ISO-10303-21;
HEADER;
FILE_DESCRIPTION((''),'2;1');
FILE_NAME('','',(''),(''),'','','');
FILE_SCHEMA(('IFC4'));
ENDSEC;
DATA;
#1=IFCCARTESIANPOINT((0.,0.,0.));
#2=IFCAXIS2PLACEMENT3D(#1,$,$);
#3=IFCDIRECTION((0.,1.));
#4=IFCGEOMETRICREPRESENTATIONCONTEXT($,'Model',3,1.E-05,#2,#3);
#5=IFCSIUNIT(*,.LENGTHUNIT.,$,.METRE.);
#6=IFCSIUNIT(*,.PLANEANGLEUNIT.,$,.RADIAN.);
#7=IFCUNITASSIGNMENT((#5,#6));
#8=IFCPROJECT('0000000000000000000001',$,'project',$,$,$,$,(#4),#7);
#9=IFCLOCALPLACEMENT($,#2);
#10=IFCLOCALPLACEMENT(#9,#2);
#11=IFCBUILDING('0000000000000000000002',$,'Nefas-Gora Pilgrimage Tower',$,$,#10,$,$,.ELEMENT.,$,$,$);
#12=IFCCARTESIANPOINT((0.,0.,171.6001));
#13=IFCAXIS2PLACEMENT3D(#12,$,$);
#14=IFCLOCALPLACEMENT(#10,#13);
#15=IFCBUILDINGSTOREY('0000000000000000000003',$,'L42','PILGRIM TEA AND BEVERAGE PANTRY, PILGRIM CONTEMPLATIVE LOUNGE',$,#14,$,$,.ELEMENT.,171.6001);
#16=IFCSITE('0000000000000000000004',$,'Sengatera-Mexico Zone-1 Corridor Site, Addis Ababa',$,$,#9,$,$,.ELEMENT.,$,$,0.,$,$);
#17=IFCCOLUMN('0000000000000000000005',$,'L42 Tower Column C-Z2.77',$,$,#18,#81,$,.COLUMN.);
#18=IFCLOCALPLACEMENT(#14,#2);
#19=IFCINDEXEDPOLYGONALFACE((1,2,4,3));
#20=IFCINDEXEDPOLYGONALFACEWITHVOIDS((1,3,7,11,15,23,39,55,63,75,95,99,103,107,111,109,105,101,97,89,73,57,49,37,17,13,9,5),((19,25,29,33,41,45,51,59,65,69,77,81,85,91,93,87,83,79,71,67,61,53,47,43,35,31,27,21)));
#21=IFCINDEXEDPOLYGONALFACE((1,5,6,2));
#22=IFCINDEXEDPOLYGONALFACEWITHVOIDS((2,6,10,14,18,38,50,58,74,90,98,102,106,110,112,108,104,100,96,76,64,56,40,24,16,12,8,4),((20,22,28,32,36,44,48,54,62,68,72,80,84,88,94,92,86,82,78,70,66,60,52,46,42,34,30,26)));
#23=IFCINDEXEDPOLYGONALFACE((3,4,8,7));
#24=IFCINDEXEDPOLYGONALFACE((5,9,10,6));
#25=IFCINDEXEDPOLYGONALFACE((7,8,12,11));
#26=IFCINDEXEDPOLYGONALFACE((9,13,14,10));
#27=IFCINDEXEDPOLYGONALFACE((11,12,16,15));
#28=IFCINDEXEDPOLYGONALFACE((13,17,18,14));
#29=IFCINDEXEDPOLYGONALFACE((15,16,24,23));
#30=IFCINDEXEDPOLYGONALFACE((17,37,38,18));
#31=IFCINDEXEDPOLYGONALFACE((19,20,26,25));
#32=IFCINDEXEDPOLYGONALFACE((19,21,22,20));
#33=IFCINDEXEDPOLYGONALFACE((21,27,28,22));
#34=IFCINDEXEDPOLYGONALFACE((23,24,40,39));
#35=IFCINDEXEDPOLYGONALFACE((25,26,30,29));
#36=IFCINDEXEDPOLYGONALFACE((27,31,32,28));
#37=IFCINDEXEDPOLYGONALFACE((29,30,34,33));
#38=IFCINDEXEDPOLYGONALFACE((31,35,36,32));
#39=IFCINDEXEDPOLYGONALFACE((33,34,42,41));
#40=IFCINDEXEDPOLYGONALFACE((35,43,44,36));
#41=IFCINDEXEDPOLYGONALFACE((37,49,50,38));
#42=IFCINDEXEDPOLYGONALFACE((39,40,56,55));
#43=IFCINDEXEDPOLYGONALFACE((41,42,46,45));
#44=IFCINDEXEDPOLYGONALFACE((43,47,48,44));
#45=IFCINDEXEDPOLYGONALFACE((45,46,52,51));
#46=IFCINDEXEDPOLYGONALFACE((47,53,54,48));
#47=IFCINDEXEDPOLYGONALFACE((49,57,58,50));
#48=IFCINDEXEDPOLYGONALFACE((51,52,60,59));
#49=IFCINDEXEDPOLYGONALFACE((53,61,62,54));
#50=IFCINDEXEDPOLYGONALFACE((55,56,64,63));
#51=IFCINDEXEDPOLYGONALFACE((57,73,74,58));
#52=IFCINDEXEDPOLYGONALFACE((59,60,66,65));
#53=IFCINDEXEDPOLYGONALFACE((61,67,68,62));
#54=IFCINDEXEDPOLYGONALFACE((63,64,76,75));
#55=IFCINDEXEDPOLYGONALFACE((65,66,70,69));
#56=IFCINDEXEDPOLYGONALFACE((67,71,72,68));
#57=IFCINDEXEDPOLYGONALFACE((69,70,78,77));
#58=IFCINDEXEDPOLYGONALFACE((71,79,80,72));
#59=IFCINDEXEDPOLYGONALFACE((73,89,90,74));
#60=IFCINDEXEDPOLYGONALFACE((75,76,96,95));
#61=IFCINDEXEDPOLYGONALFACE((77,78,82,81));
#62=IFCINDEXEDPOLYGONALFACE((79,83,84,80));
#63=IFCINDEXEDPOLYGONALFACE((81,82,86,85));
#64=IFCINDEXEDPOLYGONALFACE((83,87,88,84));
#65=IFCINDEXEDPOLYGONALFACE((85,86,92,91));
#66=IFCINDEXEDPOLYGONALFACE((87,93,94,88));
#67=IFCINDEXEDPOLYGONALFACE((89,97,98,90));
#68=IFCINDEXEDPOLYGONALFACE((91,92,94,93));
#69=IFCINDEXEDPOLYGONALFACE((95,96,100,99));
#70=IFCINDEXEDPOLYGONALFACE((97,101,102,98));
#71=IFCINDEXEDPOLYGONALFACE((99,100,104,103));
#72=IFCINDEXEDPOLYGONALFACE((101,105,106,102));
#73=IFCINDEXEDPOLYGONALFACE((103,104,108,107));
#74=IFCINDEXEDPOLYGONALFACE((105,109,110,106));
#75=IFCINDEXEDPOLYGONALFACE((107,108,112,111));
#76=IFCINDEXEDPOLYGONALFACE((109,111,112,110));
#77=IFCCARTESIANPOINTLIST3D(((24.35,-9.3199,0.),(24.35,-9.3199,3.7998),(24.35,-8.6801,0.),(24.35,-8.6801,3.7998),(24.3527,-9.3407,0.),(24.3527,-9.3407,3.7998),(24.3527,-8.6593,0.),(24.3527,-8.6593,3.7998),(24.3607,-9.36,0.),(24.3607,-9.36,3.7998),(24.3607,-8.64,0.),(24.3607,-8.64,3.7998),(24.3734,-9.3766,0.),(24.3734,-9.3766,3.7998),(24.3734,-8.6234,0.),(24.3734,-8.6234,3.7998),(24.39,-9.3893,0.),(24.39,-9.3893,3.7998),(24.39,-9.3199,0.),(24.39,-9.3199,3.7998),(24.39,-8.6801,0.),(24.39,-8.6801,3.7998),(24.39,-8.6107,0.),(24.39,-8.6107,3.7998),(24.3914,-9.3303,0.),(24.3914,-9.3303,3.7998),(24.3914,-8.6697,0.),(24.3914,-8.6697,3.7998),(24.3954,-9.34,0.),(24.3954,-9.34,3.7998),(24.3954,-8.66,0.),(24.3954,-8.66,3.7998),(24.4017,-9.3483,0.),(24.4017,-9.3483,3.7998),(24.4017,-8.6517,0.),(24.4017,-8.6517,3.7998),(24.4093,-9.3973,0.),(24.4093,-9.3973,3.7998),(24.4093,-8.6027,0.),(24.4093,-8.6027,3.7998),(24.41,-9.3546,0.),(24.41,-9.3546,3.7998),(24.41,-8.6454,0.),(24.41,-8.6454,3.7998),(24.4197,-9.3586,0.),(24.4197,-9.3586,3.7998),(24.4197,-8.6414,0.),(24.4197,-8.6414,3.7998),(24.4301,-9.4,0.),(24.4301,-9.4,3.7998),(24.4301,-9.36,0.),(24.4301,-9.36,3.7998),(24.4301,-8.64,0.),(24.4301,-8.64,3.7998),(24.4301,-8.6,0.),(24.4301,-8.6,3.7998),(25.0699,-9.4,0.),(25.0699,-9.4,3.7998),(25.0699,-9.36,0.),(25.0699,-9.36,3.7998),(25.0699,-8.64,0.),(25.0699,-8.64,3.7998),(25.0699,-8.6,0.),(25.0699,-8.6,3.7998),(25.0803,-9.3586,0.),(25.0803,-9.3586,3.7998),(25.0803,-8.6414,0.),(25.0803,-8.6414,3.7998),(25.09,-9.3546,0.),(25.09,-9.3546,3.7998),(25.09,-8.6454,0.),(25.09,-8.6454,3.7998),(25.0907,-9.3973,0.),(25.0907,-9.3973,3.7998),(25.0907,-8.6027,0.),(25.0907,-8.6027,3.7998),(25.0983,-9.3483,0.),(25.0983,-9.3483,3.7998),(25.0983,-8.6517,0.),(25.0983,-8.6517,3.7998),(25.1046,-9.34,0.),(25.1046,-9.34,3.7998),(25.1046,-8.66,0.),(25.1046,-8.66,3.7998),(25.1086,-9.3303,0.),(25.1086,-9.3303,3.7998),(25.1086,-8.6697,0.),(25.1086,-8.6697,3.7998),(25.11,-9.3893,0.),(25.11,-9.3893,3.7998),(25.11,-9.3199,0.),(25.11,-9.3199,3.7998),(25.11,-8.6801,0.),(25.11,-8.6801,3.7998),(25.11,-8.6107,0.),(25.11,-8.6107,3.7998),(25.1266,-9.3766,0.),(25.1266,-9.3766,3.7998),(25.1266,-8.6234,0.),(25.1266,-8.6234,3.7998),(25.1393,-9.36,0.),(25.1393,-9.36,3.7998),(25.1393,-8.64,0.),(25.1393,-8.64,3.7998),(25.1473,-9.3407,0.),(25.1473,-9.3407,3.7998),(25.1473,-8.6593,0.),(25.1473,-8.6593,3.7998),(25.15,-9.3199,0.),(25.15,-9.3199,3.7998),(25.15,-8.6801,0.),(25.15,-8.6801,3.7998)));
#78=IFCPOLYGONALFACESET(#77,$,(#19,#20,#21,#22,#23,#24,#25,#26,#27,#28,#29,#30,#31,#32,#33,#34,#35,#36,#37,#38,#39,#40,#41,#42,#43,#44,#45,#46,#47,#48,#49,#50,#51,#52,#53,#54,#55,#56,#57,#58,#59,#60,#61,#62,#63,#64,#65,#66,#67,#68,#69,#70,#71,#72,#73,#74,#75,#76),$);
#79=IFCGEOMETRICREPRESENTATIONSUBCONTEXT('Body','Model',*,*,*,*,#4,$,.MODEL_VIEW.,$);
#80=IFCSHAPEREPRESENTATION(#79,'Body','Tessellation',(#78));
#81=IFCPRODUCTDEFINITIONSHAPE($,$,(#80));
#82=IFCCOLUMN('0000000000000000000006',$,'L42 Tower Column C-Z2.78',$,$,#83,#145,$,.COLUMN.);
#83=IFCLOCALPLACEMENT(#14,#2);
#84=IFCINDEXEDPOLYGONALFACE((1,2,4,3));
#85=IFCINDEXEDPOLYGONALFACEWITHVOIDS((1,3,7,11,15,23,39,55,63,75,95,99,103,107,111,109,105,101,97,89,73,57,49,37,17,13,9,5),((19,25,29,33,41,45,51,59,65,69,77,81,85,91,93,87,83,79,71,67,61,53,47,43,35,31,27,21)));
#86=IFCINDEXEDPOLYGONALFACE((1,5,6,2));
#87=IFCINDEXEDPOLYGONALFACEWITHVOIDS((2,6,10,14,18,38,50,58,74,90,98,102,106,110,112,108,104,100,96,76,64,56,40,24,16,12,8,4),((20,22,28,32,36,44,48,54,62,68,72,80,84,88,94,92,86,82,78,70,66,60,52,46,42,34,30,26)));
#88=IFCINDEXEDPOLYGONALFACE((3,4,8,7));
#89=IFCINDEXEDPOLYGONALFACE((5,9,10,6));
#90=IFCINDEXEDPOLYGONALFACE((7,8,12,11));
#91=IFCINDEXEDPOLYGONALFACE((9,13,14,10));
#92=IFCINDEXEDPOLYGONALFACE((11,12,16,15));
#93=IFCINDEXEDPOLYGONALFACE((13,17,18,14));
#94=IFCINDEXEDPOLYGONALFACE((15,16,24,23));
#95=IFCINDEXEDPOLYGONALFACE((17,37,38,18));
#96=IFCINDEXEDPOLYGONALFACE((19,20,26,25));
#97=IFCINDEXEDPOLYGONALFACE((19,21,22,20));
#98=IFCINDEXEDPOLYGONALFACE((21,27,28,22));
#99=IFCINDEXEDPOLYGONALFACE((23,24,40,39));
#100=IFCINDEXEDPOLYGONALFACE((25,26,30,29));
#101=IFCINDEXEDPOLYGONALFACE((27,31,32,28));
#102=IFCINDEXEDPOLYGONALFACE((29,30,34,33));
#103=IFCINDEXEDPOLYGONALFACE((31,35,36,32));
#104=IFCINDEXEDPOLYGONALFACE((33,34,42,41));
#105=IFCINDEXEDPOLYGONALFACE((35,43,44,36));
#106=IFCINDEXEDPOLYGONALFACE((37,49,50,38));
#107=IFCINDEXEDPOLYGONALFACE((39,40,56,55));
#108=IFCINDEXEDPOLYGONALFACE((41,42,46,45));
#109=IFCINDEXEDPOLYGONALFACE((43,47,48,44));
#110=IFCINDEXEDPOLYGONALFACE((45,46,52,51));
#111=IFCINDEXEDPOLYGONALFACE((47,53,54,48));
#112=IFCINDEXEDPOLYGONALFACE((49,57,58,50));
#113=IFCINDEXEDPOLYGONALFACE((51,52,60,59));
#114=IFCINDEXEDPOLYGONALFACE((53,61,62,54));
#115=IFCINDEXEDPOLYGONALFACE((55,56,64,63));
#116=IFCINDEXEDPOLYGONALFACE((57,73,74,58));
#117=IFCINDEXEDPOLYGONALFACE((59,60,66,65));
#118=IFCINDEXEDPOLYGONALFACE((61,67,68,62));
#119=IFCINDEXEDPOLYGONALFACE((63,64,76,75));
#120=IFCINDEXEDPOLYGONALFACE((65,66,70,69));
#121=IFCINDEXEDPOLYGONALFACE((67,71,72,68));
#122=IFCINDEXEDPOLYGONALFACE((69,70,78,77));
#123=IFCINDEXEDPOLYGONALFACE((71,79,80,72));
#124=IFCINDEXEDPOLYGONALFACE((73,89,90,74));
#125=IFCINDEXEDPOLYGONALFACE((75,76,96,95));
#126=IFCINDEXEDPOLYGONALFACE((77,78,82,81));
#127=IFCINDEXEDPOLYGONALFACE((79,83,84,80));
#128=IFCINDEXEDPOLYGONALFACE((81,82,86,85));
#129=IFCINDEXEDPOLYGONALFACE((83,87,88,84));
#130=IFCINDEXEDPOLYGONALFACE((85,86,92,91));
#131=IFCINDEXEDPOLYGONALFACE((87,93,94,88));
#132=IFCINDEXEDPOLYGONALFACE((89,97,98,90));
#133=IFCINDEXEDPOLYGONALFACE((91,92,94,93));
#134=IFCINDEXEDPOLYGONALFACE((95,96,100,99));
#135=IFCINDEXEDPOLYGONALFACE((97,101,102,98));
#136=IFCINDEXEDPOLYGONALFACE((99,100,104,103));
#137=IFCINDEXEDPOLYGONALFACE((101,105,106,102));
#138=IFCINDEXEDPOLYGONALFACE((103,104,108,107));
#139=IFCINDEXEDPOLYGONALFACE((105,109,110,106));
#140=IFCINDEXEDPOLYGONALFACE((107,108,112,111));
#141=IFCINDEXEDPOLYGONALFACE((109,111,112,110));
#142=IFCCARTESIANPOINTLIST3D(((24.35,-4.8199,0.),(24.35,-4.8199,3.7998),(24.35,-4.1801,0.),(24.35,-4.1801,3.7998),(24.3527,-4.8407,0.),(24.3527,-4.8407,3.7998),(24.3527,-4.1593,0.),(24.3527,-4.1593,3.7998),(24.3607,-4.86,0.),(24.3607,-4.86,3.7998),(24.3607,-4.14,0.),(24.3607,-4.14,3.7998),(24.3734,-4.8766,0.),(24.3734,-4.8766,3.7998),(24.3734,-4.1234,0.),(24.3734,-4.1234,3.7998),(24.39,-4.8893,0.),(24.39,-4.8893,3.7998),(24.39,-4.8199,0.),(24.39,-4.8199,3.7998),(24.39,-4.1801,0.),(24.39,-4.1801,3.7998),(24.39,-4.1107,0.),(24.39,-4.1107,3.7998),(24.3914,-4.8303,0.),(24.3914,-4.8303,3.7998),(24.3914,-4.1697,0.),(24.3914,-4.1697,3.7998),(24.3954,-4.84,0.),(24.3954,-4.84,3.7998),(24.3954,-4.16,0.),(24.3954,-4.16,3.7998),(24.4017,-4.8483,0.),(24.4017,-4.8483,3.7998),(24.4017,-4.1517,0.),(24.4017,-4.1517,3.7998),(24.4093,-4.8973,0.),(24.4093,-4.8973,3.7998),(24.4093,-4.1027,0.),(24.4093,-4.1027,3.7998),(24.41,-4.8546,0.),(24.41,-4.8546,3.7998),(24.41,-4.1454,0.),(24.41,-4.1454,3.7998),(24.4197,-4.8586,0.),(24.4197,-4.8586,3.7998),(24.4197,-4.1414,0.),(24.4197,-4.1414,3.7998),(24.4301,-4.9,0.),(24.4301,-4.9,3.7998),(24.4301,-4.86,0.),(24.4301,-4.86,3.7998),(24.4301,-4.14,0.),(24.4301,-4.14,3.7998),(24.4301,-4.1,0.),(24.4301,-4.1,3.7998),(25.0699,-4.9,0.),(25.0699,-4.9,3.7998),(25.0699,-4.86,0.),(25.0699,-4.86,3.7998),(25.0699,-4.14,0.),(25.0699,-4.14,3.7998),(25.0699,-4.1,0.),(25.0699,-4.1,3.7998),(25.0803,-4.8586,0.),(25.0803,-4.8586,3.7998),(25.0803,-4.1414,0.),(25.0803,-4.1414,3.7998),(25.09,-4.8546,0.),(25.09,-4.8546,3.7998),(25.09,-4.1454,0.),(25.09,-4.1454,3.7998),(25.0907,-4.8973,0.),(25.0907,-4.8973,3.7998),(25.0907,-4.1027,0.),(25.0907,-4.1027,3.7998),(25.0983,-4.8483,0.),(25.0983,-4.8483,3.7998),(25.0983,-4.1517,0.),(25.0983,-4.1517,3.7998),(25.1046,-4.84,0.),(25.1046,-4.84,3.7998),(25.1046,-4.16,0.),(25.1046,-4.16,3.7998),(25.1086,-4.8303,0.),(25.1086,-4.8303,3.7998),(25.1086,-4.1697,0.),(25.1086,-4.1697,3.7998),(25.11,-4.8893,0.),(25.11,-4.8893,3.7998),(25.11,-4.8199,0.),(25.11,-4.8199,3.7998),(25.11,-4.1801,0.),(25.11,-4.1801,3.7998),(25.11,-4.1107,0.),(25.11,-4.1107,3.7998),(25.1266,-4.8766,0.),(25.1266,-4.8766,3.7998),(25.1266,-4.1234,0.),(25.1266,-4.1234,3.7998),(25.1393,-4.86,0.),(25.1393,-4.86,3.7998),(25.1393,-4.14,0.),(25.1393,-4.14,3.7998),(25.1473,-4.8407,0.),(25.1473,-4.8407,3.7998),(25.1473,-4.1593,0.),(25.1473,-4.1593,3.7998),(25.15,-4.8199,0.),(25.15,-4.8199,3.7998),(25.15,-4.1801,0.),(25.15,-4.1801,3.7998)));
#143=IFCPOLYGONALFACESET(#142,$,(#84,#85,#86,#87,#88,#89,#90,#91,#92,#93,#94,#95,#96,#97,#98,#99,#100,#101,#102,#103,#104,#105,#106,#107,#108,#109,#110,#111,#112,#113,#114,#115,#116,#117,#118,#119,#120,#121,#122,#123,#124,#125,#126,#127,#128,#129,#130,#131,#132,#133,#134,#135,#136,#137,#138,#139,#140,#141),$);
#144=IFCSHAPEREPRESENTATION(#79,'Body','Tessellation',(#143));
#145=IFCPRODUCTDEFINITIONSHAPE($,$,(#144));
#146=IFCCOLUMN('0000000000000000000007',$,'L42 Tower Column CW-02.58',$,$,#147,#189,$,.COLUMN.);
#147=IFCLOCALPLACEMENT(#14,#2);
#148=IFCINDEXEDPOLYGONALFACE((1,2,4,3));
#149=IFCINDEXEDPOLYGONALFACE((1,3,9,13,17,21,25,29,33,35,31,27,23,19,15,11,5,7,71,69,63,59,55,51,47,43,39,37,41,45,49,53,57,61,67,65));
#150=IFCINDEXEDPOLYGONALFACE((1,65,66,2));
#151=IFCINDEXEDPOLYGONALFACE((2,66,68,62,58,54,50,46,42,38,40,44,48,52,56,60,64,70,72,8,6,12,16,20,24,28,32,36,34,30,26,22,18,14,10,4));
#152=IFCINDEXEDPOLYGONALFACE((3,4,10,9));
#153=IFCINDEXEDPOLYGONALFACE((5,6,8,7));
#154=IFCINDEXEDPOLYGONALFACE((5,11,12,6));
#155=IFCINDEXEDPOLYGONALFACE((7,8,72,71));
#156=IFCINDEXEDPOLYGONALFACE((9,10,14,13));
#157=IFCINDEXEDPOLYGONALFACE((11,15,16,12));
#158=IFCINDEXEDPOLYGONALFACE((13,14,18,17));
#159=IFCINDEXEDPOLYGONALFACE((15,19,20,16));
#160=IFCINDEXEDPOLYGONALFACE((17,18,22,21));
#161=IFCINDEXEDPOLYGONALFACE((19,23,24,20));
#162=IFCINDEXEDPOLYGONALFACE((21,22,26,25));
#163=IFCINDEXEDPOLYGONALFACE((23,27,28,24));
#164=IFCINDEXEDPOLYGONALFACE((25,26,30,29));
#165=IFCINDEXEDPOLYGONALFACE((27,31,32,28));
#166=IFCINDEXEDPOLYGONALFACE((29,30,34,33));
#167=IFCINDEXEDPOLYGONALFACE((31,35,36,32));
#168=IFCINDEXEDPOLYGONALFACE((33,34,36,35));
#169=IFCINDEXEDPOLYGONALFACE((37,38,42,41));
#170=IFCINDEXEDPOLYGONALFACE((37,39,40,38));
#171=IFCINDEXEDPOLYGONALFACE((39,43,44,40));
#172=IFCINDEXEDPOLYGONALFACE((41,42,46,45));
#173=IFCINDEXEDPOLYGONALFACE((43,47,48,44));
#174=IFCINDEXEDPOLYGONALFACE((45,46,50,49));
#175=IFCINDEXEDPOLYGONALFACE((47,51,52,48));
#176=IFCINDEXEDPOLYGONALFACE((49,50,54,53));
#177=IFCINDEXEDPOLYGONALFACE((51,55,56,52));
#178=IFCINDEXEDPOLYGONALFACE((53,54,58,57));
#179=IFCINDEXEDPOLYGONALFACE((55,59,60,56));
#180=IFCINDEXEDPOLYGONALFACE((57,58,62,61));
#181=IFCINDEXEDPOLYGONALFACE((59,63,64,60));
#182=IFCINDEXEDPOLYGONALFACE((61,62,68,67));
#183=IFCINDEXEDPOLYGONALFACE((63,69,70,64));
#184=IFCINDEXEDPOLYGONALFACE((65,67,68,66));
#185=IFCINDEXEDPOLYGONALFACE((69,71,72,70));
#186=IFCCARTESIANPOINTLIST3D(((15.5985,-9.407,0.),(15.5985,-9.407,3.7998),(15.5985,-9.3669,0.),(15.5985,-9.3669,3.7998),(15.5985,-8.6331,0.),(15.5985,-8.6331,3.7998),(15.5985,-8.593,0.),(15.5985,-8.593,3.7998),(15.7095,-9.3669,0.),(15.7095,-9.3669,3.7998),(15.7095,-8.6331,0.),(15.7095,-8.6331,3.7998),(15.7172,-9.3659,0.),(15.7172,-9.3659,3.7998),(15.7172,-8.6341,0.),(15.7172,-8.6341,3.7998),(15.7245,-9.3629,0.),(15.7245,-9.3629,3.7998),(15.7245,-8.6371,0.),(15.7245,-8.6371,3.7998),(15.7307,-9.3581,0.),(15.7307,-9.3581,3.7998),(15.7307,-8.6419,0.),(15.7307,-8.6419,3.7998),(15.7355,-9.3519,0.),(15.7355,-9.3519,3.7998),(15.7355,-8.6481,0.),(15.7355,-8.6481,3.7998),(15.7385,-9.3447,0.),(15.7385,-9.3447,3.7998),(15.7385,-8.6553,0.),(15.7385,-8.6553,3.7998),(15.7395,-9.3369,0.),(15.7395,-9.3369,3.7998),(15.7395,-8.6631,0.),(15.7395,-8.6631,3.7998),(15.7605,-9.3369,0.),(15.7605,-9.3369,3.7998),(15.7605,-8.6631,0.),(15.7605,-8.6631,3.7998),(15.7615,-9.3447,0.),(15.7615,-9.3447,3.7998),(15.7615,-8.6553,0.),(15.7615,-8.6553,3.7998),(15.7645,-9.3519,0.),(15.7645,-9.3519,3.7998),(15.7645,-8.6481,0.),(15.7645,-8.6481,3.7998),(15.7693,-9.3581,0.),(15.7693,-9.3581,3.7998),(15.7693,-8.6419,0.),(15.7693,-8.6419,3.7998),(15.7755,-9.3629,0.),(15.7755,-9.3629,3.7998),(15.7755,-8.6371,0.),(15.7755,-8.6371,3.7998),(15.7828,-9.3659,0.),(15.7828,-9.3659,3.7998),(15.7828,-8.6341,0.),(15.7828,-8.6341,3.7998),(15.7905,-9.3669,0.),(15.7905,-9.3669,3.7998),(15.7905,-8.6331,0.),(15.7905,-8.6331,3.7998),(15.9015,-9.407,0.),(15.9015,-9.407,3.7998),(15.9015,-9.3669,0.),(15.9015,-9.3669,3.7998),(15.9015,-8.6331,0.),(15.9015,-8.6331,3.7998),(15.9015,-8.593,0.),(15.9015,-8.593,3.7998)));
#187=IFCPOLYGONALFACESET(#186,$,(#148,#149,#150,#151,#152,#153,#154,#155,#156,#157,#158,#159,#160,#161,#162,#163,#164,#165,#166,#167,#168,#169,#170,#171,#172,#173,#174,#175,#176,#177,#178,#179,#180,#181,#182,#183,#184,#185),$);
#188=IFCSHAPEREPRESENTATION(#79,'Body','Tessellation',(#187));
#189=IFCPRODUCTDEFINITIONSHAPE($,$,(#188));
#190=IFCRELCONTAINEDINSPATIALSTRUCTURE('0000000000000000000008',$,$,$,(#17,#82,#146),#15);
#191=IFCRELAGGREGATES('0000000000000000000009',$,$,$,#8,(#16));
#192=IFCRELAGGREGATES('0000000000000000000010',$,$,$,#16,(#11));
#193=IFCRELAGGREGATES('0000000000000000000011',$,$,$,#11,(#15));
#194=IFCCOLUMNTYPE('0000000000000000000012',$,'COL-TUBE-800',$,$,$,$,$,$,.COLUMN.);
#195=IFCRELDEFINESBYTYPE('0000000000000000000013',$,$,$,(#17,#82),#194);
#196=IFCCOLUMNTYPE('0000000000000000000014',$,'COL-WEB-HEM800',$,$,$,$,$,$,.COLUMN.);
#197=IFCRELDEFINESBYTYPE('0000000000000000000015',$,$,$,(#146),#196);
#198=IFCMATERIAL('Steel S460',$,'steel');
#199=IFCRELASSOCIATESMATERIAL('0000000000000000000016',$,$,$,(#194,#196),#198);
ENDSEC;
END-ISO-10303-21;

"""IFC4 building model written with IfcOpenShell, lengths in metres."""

from ifc_helpers import new_model, si_unit, direction, frame, origin, origin_2d, place, context, subcontext, project, spatial, hollow_rectangle, i_section, extrude, source, transform, mapped, material, material_profile, profile_set, type_object, element, save


model = new_model("IFC4")

# Units and contexts
model_context = context("Model", 3, precision=1e-05, world=origin(), true_north=direction((0.0, 1.0)))
body_context = subcontext(model_context, "Body", "Model", "MODEL_VIEW")
ifc_project = project(units=[si_unit("LENGTHUNIT", "METRE"), si_unit("PLANEANGLEUNIT", "RADIAN")], contexts=[model_context])

# Site, building, storey
site_placement = place(None, origin())
site = spatial("IfcSite", under=ifc_project, at=site_placement, Name="Sengatera-Mexico Zone-1 Corridor Site, Addis Ababa", CompositionType="ELEMENT", RefElevation=0.0)
building_placement = place(site_placement, origin())
building = spatial("IfcBuilding", under=site, at=building_placement, Name="Nefas-Gora Pilgrimage Tower", CompositionType="ELEMENT")
storey_placement = place(building_placement, frame((0.0, 0.0, 171.6001)))
storey = spatial("IfcBuildingStorey", under=building, at=storey_placement, Name="L42", Description="PILGRIM TEA AND BEVERAGE PANTRY, PILGRIM CONTEMPLATIVE LOUNGE", CompositionType="ELEMENT", Elevation=171.6001)

# Columns
ifc_material_1 = material(Name="Steel S460", Category="steel")
ifc_material_profile_1 = material_profile(ifc_material_1, hollow_rectangle(XDim=0.8, YDim=0.8, WallThickness=0.04, InnerFilletRadius=0.04, OuterFilletRadius=0.0801, at=origin_2d()), Name="BOX 800x800x40")
ifc_profile_set_1 = profile_set([ifc_material_profile_1], Name="Steel S460")
column_type_1 = type_object("IfcColumnType", Name="COL-TUBE-800", PredefinedType="COLUMN", material=ifc_profile_set_1)
shared_shape_1 = source(origin(), body_context, "Body", "SweptSolid", [
    extrude(hollow_rectangle(XDim=0.8, YDim=0.8, WallThickness=0.04, InnerFilletRadius=0.04, OuterFilletRadius=0.0801, at=origin_2d()), origin(), (0.0, 0.0, 1.0), 3.7998),
])
for number, where, z_axis, x_axis, name in (
    (1, (24.75, -9.0, 0.0), (0.0, 0.0, 1.0), (1.0, 0.0, 0.0), "L42 Tower Column C-Z2.77"),
    (2, (24.75, -4.5, 0.0), (0.0, 0.0, 1.0), (1.0, 0.0, 0.0), "L42 Tower Column C-Z2.78"),
):
    element("IfcColumn", number, at=place(storey_placement, frame(where, z_axis=z_axis, x_axis=x_axis)), inside=storey, type_object=column_type_1, Name=name, PredefinedType="COLUMN", context=body_context, shape_type="MappedRepresentation", body=[
        mapped(shared_shape_1, transform((0.0, 0.0, 0.0), x_axis=(1.0, 0.0, 0.0), y_axis=(0.0, 1.0, 0.0), z_axis=(0.0, 0.0, 1.0), scale=1.0)),
    ])
ifc_material_profile_2 = material_profile(ifc_material_1, i_section(OverallWidth=0.303, OverallDepth=0.814, WebThickness=0.021, FlangeThickness=0.04, FilletRadius=0.03, at=origin_2d()), Name="HEM 800")
ifc_profile_set_2 = profile_set([ifc_material_profile_2], Name="Steel S460")
column_type_2 = type_object("IfcColumnType", Name="COL-WEB-HEM800", PredefinedType="COLUMN", material=ifc_profile_set_2)
shared_shape_2 = source(origin(), body_context, "Body", "SweptSolid", [
    extrude(i_section(OverallWidth=0.303, OverallDepth=0.814, WebThickness=0.021, FlangeThickness=0.04, FilletRadius=0.03, at=origin_2d()), origin(), (0.0, 0.0, 1.0), 3.7998),
])
for number, where, z_axis, x_axis, name in (
    (3, (15.75, -9.0, 0.0), (0.0, 0.0, 1.0), (1.0, 0.0, 0.0), "L42 Tower Column CW-02.58"),
):
    element("IfcColumn", number, at=place(storey_placement, frame(where, z_axis=z_axis, x_axis=x_axis)), inside=storey, type_object=column_type_2, Name=name, PredefinedType="COLUMN", context=body_context, shape_type="MappedRepresentation", body=[
        mapped(shared_shape_2, transform((0.0, 0.0, 0.0), x_axis=(1.0, 0.0, 0.0), y_axis=(0.0, 1.0, 0.0), z_axis=(0.0, 0.0, 1.0), scale=1.0)),
    ])

save(model, "model.ifc")
